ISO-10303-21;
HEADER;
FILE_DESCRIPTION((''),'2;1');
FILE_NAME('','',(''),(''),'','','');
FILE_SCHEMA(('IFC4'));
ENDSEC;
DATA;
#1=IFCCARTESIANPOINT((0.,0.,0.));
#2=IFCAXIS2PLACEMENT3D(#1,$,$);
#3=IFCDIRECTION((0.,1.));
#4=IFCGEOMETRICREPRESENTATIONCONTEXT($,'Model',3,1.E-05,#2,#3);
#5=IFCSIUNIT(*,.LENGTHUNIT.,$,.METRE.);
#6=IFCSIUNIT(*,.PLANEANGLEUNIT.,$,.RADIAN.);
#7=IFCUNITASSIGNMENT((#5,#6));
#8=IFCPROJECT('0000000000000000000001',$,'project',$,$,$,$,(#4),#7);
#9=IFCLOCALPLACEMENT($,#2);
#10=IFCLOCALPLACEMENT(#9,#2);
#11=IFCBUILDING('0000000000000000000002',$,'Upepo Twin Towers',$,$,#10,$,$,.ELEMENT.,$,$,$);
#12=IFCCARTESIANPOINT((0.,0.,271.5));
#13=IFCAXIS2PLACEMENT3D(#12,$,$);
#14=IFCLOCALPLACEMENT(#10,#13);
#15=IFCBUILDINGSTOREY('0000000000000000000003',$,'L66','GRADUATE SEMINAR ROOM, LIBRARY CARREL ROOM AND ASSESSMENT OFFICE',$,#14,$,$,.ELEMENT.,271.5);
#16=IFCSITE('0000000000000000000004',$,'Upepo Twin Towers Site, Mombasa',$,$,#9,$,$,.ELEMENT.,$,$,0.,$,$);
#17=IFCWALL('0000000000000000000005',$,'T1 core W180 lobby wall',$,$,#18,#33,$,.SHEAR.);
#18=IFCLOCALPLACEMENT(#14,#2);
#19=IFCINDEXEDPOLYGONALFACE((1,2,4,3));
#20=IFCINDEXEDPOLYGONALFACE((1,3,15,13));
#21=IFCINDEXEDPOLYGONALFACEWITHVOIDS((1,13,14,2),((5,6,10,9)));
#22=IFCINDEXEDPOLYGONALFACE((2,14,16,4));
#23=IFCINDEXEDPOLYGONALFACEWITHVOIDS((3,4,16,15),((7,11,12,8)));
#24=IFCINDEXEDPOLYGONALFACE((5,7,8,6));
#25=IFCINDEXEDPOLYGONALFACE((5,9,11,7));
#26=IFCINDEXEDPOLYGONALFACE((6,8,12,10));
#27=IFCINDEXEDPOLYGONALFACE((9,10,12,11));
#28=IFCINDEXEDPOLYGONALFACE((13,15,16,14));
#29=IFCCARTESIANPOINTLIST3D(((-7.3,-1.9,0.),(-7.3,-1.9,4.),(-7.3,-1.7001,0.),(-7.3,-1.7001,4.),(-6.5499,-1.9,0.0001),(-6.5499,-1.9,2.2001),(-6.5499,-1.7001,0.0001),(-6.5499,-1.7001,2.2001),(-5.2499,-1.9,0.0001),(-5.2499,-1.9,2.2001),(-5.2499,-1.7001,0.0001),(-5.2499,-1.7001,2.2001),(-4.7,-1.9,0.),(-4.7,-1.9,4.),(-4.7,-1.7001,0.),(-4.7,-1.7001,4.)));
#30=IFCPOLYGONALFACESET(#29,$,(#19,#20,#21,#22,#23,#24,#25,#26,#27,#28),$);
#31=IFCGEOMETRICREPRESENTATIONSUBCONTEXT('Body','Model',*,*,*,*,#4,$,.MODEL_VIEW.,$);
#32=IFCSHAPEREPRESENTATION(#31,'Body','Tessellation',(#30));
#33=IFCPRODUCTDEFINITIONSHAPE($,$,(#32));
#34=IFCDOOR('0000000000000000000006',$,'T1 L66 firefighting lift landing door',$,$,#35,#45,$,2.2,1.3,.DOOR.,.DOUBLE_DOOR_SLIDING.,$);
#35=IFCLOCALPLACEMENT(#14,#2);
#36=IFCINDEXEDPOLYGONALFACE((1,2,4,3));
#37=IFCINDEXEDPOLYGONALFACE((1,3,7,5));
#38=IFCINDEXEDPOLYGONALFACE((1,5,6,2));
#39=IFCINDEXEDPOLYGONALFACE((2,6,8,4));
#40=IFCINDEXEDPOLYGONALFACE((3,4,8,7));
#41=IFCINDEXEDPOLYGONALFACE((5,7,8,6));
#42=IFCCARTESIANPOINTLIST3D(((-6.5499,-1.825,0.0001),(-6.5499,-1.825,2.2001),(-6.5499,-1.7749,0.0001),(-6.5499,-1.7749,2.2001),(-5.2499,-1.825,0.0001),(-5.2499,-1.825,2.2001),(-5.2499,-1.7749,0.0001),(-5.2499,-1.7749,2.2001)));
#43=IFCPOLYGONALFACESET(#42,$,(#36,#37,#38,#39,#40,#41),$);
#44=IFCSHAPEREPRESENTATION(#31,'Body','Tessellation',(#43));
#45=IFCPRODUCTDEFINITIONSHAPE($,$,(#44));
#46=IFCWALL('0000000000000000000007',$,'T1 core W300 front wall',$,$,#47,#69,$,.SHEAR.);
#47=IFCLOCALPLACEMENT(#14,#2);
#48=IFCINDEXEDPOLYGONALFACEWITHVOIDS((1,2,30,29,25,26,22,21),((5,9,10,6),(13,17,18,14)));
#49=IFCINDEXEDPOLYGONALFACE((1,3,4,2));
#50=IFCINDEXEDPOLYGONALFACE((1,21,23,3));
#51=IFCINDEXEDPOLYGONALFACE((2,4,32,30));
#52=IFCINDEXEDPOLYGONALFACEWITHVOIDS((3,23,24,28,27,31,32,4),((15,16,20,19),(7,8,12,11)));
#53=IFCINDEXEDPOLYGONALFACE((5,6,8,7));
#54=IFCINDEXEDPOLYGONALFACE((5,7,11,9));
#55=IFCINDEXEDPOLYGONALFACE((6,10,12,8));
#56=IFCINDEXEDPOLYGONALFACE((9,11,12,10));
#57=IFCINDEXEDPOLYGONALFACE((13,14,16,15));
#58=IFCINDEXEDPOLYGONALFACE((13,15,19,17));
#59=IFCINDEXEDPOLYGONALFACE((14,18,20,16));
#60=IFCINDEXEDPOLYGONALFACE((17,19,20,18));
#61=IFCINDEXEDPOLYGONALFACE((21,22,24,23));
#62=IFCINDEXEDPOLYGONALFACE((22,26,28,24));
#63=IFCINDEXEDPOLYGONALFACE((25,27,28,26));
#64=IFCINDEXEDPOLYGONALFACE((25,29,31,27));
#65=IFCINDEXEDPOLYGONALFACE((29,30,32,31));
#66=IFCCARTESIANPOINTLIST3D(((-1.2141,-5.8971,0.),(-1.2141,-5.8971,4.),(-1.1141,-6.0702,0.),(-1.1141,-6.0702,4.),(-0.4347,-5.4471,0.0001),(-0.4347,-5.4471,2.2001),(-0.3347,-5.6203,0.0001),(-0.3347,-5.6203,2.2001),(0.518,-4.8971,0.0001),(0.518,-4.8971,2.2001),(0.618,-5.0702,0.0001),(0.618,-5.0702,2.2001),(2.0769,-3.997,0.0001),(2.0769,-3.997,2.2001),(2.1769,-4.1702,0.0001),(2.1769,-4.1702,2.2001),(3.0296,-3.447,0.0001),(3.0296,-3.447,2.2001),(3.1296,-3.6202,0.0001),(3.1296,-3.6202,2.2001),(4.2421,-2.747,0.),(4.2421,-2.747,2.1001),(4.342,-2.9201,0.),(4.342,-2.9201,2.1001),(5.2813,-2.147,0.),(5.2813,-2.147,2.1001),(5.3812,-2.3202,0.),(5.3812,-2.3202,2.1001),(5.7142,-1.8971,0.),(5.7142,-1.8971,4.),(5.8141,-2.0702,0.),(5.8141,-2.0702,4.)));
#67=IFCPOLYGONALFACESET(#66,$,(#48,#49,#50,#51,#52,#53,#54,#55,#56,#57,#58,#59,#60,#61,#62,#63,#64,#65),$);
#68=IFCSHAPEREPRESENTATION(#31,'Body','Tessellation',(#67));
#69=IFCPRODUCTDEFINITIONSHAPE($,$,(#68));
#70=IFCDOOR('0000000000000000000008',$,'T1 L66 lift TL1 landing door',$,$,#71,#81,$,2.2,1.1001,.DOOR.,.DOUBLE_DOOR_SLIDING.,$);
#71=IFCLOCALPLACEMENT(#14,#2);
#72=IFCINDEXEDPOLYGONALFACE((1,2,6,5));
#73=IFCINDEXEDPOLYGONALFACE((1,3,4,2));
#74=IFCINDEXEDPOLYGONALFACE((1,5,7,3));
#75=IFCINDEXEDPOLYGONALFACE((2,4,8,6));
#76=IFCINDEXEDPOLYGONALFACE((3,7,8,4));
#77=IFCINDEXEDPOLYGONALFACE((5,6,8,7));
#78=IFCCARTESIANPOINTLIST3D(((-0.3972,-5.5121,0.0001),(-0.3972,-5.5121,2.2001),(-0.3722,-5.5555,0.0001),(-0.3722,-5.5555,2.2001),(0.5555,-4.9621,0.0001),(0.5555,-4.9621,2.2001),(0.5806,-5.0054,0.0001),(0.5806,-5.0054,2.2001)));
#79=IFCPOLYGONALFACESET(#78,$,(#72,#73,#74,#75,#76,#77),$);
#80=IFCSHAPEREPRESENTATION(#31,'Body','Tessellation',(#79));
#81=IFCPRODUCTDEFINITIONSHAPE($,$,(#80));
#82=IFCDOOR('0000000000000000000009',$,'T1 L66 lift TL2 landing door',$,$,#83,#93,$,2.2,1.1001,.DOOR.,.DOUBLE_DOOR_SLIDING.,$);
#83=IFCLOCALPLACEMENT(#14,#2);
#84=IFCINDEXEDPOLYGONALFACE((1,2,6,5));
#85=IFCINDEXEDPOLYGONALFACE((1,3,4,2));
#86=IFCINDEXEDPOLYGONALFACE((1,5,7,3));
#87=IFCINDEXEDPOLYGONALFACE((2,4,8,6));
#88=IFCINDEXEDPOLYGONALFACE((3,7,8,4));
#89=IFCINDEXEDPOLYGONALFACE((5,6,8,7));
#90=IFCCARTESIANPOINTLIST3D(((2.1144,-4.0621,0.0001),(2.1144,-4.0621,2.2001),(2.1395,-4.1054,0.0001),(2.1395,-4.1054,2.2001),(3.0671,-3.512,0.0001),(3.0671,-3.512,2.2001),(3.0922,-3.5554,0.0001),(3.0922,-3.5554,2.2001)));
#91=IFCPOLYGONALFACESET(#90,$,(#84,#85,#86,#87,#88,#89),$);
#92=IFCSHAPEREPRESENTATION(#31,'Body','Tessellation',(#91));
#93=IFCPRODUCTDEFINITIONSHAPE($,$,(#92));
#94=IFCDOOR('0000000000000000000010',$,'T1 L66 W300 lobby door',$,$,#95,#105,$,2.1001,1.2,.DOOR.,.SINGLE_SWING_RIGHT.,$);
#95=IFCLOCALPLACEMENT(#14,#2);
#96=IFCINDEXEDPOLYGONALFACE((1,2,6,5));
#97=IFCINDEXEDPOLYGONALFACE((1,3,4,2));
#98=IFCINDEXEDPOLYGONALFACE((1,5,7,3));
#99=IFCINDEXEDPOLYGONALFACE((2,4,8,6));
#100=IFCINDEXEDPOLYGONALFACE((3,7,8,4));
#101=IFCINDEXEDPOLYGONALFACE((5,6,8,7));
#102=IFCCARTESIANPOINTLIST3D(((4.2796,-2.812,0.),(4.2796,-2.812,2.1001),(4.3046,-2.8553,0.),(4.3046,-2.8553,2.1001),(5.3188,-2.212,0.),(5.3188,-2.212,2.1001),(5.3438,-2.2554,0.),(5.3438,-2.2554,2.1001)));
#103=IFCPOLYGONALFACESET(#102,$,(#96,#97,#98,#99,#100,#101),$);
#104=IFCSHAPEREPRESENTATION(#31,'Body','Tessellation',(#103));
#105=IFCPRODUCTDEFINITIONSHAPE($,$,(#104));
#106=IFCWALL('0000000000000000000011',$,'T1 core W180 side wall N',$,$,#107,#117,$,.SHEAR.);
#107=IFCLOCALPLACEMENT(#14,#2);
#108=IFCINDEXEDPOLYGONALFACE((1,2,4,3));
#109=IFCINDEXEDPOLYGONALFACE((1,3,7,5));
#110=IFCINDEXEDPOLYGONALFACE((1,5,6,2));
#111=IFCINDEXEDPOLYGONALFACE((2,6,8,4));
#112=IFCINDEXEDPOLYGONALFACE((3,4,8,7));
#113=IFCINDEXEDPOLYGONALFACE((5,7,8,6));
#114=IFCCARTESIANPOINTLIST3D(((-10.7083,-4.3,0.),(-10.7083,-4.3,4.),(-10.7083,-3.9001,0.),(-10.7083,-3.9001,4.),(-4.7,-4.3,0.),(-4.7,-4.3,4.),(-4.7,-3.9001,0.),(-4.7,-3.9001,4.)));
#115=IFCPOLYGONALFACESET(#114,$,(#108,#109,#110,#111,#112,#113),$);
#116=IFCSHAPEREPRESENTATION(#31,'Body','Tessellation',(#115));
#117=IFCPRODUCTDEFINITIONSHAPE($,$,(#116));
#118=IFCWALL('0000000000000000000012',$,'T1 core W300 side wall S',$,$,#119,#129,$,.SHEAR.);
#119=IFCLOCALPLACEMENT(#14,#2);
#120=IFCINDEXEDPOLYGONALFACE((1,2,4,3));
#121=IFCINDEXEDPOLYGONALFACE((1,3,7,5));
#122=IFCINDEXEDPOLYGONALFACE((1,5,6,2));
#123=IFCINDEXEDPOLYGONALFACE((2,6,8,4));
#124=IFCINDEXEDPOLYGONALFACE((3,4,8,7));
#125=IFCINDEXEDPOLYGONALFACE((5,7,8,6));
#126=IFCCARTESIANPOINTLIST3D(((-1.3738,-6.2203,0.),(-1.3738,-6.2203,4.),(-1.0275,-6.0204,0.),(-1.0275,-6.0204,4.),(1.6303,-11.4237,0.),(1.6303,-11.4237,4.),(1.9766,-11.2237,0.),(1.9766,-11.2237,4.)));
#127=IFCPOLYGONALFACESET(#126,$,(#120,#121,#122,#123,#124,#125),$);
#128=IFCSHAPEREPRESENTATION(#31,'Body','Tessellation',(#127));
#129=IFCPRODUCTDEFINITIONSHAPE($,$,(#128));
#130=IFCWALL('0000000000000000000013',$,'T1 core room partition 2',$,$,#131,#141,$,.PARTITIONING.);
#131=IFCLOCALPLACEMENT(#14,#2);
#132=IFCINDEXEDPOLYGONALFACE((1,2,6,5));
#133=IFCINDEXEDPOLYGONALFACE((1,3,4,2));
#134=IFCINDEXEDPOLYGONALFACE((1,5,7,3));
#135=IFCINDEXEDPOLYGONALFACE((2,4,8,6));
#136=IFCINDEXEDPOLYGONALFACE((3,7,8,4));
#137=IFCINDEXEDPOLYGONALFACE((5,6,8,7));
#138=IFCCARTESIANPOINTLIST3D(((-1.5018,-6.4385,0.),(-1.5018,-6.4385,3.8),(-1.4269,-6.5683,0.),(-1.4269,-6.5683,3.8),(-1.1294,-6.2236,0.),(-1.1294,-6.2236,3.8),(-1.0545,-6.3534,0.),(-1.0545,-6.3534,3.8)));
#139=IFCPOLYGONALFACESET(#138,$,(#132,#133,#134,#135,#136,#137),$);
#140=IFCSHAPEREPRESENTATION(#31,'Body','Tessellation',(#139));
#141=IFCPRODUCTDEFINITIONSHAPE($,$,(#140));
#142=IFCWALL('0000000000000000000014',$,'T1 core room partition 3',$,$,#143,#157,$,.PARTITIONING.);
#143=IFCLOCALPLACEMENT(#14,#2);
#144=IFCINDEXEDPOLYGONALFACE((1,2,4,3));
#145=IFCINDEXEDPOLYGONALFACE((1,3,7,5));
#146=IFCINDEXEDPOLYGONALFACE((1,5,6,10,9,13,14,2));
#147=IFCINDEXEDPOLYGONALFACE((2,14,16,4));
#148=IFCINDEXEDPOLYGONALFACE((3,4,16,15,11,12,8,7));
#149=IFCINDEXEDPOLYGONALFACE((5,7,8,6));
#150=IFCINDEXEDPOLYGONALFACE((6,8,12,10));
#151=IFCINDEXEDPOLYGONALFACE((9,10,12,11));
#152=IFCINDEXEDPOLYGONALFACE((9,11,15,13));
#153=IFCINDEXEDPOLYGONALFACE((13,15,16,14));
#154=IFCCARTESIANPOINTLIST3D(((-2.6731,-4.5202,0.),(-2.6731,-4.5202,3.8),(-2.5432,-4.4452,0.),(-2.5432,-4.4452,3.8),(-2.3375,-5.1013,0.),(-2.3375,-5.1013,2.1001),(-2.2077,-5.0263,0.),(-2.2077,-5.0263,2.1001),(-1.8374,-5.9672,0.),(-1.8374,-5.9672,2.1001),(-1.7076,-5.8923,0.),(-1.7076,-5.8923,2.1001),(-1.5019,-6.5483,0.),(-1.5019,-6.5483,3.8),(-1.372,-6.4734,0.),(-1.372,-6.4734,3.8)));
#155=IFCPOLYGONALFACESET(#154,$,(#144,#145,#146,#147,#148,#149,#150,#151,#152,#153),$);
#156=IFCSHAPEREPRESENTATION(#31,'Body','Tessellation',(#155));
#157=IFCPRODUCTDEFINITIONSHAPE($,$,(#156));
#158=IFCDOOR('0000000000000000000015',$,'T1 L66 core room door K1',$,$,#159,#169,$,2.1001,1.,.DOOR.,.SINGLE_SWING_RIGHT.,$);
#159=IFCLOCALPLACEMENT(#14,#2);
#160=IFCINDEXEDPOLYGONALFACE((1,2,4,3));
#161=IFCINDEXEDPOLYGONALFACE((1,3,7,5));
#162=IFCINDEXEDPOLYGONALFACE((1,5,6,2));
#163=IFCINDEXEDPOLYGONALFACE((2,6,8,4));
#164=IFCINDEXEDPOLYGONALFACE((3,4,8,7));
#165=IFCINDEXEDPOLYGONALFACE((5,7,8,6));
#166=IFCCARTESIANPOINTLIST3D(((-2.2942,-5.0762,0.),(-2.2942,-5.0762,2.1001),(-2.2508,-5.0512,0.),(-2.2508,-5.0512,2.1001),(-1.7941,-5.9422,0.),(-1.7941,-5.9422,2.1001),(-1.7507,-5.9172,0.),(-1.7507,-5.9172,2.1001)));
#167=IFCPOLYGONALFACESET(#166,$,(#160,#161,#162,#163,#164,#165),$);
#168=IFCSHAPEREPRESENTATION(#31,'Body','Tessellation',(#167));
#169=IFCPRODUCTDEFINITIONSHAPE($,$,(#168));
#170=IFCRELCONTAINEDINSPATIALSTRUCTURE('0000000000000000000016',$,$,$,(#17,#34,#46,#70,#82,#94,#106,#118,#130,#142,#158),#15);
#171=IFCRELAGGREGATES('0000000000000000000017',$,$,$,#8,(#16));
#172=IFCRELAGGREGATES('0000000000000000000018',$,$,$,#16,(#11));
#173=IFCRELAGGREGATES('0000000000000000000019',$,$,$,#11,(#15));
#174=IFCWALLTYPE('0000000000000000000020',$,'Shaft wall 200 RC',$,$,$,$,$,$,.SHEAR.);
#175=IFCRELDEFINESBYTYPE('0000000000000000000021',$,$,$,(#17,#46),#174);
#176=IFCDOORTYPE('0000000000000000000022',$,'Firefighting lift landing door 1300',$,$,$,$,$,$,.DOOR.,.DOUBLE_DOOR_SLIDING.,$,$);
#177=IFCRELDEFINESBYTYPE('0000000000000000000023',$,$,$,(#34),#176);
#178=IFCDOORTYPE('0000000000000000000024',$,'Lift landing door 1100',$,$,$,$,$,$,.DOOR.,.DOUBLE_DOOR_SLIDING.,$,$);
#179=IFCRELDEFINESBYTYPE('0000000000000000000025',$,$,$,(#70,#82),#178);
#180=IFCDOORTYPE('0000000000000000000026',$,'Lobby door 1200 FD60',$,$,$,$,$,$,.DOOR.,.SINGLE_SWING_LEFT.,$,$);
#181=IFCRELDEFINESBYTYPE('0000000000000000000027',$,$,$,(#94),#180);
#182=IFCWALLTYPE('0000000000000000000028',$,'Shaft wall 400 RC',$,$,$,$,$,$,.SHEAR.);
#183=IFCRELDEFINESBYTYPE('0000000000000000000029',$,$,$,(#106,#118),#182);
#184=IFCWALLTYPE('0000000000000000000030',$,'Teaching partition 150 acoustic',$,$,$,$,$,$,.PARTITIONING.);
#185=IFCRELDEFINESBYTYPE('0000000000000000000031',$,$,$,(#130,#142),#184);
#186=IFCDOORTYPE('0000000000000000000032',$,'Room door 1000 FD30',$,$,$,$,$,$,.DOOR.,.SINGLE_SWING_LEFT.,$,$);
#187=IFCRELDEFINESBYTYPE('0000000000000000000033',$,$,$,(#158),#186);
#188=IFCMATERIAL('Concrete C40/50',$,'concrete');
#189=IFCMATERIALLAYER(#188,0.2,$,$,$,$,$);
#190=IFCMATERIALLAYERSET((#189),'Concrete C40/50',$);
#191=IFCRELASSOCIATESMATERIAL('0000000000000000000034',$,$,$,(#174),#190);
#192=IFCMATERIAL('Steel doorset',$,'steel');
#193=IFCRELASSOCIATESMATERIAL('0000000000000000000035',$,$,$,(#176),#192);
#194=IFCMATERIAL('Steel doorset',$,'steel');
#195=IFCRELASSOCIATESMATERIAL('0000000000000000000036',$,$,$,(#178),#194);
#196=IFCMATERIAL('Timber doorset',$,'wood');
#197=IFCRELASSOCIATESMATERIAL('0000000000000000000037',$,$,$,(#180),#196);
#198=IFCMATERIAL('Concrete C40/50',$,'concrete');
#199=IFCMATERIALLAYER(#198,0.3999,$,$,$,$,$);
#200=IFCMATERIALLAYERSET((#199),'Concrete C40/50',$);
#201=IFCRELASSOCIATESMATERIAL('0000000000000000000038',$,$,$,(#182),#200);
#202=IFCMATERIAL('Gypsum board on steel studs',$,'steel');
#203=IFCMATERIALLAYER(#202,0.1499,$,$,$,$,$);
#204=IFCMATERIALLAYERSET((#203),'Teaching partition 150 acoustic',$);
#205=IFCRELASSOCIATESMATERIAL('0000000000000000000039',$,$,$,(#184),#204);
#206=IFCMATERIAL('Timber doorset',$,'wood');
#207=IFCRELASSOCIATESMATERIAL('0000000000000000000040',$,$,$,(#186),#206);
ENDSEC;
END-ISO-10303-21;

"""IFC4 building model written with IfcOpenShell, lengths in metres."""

from ifc_helpers import new_model, si_unit, direction, frame, frame_2d, origin, place, context, subcontext, project, spatial, rectangle, extrude, material, layer, layer_set, type_object, element, fill, save


model = new_model("IFC4")

# Units and contexts
model_context = context("Model", 3, precision=1e-05, world=origin(), true_north=direction((0.0, 1.0)))
body_context = subcontext(model_context, "Body", "Model", "MODEL_VIEW")
ifc_project = project(units=[si_unit("LENGTHUNIT", "METRE"), si_unit("PLANEANGLEUNIT", "RADIAN")], contexts=[model_context])

# Site, building, storey
site_placement = place(None, origin())
site = spatial("IfcSite", under=ifc_project, at=site_placement, Name="Upepo Twin Towers Site, Mombasa", CompositionType="ELEMENT", RefElevation=0.0)
building_placement = place(site_placement, origin())
building = spatial("IfcBuilding", under=site, at=building_placement, Name="Upepo Twin Towers", CompositionType="ELEMENT")
storey_placement = place(building_placement, frame((0.0, 0.0, 271.5)))
storey = spatial("IfcBuildingStorey", under=building, at=storey_placement, Name="L66", Description="GRADUATE SEMINAR ROOM, LIBRARY CARREL ROOM AND ASSESSMENT OFFICE", CompositionType="ELEMENT", Elevation=271.5)

# Wall, opening, door
ifc_material_1 = material(Name="Concrete C40/50", Category="concrete")
ifc_layer_1 = layer(ifc_material_1, 0.2)
ifc_layer_set_1 = layer_set([ifc_layer_1], Name="Concrete C40/50")
wall_type_1 = type_object("IfcWallType", Name="Shaft wall 200 RC", PredefinedType="SHEAR", material=ifc_layer_set_1)
wall_1_placement = place(storey_placement, frame((-4.7, -1.8, 0.0), z_axis=(0.0, 0.0, 1.0), x_axis=(-1.0, 0.0, 0.0)))
wall_1 = element("IfcWall", 1, at=wall_1_placement, inside=storey, type_object=wall_type_1, Name="T1 core W180 lobby wall", PredefinedType="SHEAR", context=body_context, shape_type="SweptSolid", body=[
    extrude(rectangle(XDim=2.6001, YDim=0.2, at=frame_2d((1.3, 0.0))), origin(), (0.0, 0.0, 1.0), 4.0),
])
opening_1_placement = place(wall_1_placement, frame((0.55, 0.0, 0.0)))
opening_1 = element("IfcOpeningElement", 2, at=opening_1_placement, cuts=wall_1, PredefinedType="OPENING", context=body_context, shape_type="SweptSolid", body=[
    extrude(rectangle(XDim=1.3, YDim=2.2, at=frame_2d((0.6499, 1.1001))), frame((0.0, 0.1099, 0.0), z_axis=(0.0, -1.0, 0.0), x_axis=(1.0, 0.0, 0.0)), (0.0, 0.0, 1.0), 0.22),
])
ifc_material_2 = material(Name="Steel doorset", Category="steel")
door_type_1 = type_object("IfcDoorType", Name="Firefighting lift landing door 1300", OperationType="DOUBLE_DOOR_SLIDING", PredefinedType="DOOR", material=ifc_material_2)
door_1_placement = place(opening_1_placement, origin())
door_1 = element("IfcDoor", 3, at=door_1_placement, inside=storey, type_object=door_type_1, Name="T1 L66 firefighting lift landing door", OperationType="DOUBLE_DOOR_SLIDING", OverallHeight=2.2, OverallWidth=1.3, PredefinedType="DOOR", context=body_context, shape_type="SweptSolid", body=[
    extrude(rectangle(XDim=1.3, YDim=2.2, at=frame_2d((0.6499, 1.1001))), frame((0.0, 0.0249, 0.0), z_axis=(0.0, -1.0, 0.0), x_axis=(1.0, 0.0, 0.0)), (0.0, 0.0, 1.0), 0.05),
])
fill(opening_1, door_1)

# Wall, openings, doors
wall_2_placement = place(storey_placement, frame((-1.1641, -5.9836, 0.0), z_axis=(0.0, 0.0, 1.0), x_axis=(0.866026, 0.499999, 0.0)))
wall_2 = element("IfcWall", 4, at=wall_2_placement, inside=storey, type_object=wall_type_1, Name="T1 core W300 front wall", PredefinedType="SHEAR", context=body_context, shape_type="SweptSolid", body=[
    extrude(rectangle(XDim=8.0, YDim=0.2, at=frame_2d((4.0, 0.0))), origin(), (0.0, 0.0, 1.0), 4.0),
])
opening_2_placement = place(wall_2_placement, frame((6.3, 0.0, 0.0)))
opening_2 = element("IfcOpeningElement", 5, at=opening_2_placement, cuts=wall_2, PredefinedType="OPENING", context=body_context, shape_type="SweptSolid", body=[
    extrude(rectangle(XDim=1.2, YDim=2.1001, at=frame_2d((0.6001, 1.05))), frame((0.0, 0.1099, 0.0), z_axis=(0.0, -1.0, 0.0), x_axis=(1.0, 0.0, 0.0)), (0.0, 0.0, 1.0), 0.22),
])
opening_3_placement = place(wall_2_placement, frame((0.8999, 0.0, 0.0)))
opening_3 = element("IfcOpeningElement", 6, at=opening_3_placement, cuts=wall_2, PredefinedType="OPENING", context=body_context, shape_type="SweptSolid", body=[
    extrude(rectangle(XDim=1.1001, YDim=2.2, at=frame_2d((0.55, 1.1001))), frame((0.0, 0.1099, 0.0), z_axis=(0.0, -1.0, 0.0), x_axis=(1.0, 0.0, 0.0)), (0.0, 0.0, 1.0), 0.22),
])
opening_4_placement = place(wall_2_placement, frame((3.8, 0.0, 0.0)))
opening_4 = element("IfcOpeningElement", 7, at=opening_4_placement, cuts=wall_2, PredefinedType="OPENING", context=body_context, shape_type="SweptSolid", body=[
    extrude(rectangle(XDim=1.1001, YDim=2.2, at=frame_2d((0.55, 1.1001))), frame((0.0, 0.1099, 0.0), z_axis=(0.0, -1.0, 0.0), x_axis=(1.0, 0.0, 0.0)), (0.0, 0.0, 1.0), 0.22),
])
ifc_material_3 = material(Name="Steel doorset", Category="steel")
door_type_2 = type_object("IfcDoorType", Name="Lift landing door 1100", OperationType="DOUBLE_DOOR_SLIDING", PredefinedType="DOOR", material=ifc_material_3)
door_2_placement = place(opening_3_placement, origin())
door_2 = element("IfcDoor", 8, at=door_2_placement, inside=storey, type_object=door_type_2, Name="T1 L66 lift TL1 landing door", OperationType="DOUBLE_DOOR_SLIDING", OverallHeight=2.2, OverallWidth=1.1001, PredefinedType="DOOR", context=body_context, shape_type="SweptSolid", body=[
    extrude(rectangle(XDim=1.1001, YDim=2.2, at=frame_2d((0.55, 1.1001))), frame((0.0, 0.0249, 0.0), z_axis=(0.0, -1.0, 0.0), x_axis=(1.0, 0.0, 0.0)), (0.0, 0.0, 1.0), 0.05),
])
fill(opening_3, door_2)
door_3_placement = place(opening_4_placement, origin())
door_3 = element("IfcDoor", 9, at=door_3_placement, inside=storey, type_object=door_type_2, Name="T1 L66 lift TL2 landing door", OperationType="DOUBLE_DOOR_SLIDING", OverallHeight=2.2, OverallWidth=1.1001, PredefinedType="DOOR", context=body_context, shape_type="SweptSolid", body=[
    extrude(rectangle(XDim=1.1001, YDim=2.2, at=frame_2d((0.55, 1.1001))), frame((0.0, 0.0249, 0.0), z_axis=(0.0, -1.0, 0.0), x_axis=(1.0, 0.0, 0.0)), (0.0, 0.0, 1.0), 0.05),
])
fill(opening_4, door_3)
ifc_material_4 = material(Name="Timber doorset", Category="wood")
door_type_3 = type_object("IfcDoorType", Name="Lobby door 1200 FD60", OperationType="SINGLE_SWING_LEFT", PredefinedType="DOOR", material=ifc_material_4)
door_4_placement = place(opening_2_placement, origin())
door_4 = element("IfcDoor", 10, at=door_4_placement, inside=storey, type_object=door_type_3, Name="T1 L66 W300 lobby door", OperationType="SINGLE_SWING_RIGHT", OverallHeight=2.1001, OverallWidth=1.2, PredefinedType="DOOR", context=body_context, shape_type="SweptSolid", body=[
    extrude(rectangle(XDim=1.2, YDim=2.1001, at=frame_2d((0.6001, 1.05))), frame((0.0, 0.0249, 0.0), z_axis=(0.0, -1.0, 0.0), x_axis=(1.0, 0.0, 0.0)), (0.0, 0.0, 1.0), 0.05),
])
fill(opening_2, door_4)

# Walls
ifc_material_5 = material(Name="Concrete C40/50", Category="concrete")
ifc_layer_2 = layer(ifc_material_5, 0.3999)
ifc_layer_set_2 = layer_set([ifc_layer_2], Name="Concrete C40/50")
wall_type_2 = type_object("IfcWallType", Name="Shaft wall 400 RC", PredefinedType="SHEAR", material=ifc_layer_set_2)
for number, where, z_axis, x_axis, name in (
    (11, (-4.7, -4.1001, 0.0), (0.0, 0.0, 1.0), (-1.0, 0.0, 0.0), "T1 core W180 side wall N"),
    (12, (-1.2007, -6.1204, 0.0), (0.0, 0.0, 1.0), (0.499998, -0.866027, 0.0), "T1 core W300 side wall S"),
):
    element("IfcWall", number, at=place(storey_placement, frame(where, z_axis=z_axis, x_axis=x_axis)), inside=storey, type_object=wall_type_2, Name=name, PredefinedType="SHEAR", context=body_context, shape_type="SweptSolid", body=[
        extrude(rectangle(XDim=6.0083, YDim=0.3999, at=frame_2d((3.0042, 0.0))), origin(), (0.0, 0.0, 1.0), 4.0),
    ])
ifc_material_6 = material(Name="Gypsum board on steel studs", Category="steel")
ifc_layer_3 = layer(ifc_material_6, 0.1499)
ifc_layer_set_3 = layer_set([ifc_layer_3], Name="Teaching partition 150 acoustic")
wall_type_3 = type_object("IfcWallType", Name="Teaching partition 150 acoustic", PredefinedType="PARTITIONING", material=ifc_layer_set_3)
wall_3_placement = place(storey_placement, frame((-1.092, -6.2886, 0.0), z_axis=(0.0, 0.0, 1.0), x_axis=(-0.866138, -0.499804, 0.0)))
element("IfcWall", 13, at=wall_3_placement, inside=storey, type_object=wall_type_3, Name="T1 core room partition 2", PredefinedType="PARTITIONING", context=body_context, shape_type="SweptSolid", body=[
    extrude(rectangle(XDim=0.4299, YDim=0.1499, at=frame_2d((0.2148, 0.0))), origin(), (0.0, 0.0, 1.0), 3.8),
])

# Wall, opening, door
wall_4_placement = place(storey_placement, frame((-1.437, -6.5107, 0.0), z_axis=(0.0, 0.0, 1.0), x_axis=(-0.500074, 0.865982, 0.0)))
wall_4 = element("IfcWall", 14, at=wall_4_placement, inside=storey, type_object=wall_type_3, Name="T1 core room partition 3", PredefinedType="PARTITIONING", context=body_context, shape_type="SweptSolid", body=[
    extrude(rectangle(XDim=2.342, YDim=0.1499, at=frame_2d((1.1709, 0.0))), origin(), (0.0, 0.0, 1.0), 3.8),
])
opening_5_placement = place(wall_4_placement, frame((0.6709, 0.0, 0.0)))
opening_5 = element("IfcOpeningElement", 15, at=opening_5_placement, cuts=wall_4, PredefinedType="OPENING", context=body_context, shape_type="SweptSolid", body=[
    extrude(rectangle(XDim=1.0, YDim=2.1001, at=frame_2d((0.5, 1.05))), frame((0.0, 0.085, 0.0), z_axis=(0.0, -1.0, 0.0), x_axis=(1.0, 0.0, 0.0)), (0.0, 0.0, 1.0), 0.1699),
])
ifc_material_7 = material(Name="Timber doorset", Category="wood")
door_type_4 = type_object("IfcDoorType", Name="Room door 1000 FD30", OperationType="SINGLE_SWING_LEFT", PredefinedType="DOOR", material=ifc_material_7)
door_5_placement = place(opening_5_placement, origin())
door_5 = element("IfcDoor", 16, at=door_5_placement, inside=storey, type_object=door_type_4, Name="T1 L66 core room door K1", OperationType="SINGLE_SWING_RIGHT", OverallHeight=2.1001, OverallWidth=1.0, PredefinedType="DOOR", context=body_context, shape_type="SweptSolid", body=[
    extrude(rectangle(XDim=1.0, YDim=2.1001, at=frame_2d((0.5, 1.05))), frame((0.0, 0.0249, 0.0), z_axis=(0.0, -1.0, 0.0), x_axis=(1.0, 0.0, 0.0)), (0.0, 0.0, 1.0), 0.05),
])
fill(opening_5, door_5)

save(model, "model.ifc")
